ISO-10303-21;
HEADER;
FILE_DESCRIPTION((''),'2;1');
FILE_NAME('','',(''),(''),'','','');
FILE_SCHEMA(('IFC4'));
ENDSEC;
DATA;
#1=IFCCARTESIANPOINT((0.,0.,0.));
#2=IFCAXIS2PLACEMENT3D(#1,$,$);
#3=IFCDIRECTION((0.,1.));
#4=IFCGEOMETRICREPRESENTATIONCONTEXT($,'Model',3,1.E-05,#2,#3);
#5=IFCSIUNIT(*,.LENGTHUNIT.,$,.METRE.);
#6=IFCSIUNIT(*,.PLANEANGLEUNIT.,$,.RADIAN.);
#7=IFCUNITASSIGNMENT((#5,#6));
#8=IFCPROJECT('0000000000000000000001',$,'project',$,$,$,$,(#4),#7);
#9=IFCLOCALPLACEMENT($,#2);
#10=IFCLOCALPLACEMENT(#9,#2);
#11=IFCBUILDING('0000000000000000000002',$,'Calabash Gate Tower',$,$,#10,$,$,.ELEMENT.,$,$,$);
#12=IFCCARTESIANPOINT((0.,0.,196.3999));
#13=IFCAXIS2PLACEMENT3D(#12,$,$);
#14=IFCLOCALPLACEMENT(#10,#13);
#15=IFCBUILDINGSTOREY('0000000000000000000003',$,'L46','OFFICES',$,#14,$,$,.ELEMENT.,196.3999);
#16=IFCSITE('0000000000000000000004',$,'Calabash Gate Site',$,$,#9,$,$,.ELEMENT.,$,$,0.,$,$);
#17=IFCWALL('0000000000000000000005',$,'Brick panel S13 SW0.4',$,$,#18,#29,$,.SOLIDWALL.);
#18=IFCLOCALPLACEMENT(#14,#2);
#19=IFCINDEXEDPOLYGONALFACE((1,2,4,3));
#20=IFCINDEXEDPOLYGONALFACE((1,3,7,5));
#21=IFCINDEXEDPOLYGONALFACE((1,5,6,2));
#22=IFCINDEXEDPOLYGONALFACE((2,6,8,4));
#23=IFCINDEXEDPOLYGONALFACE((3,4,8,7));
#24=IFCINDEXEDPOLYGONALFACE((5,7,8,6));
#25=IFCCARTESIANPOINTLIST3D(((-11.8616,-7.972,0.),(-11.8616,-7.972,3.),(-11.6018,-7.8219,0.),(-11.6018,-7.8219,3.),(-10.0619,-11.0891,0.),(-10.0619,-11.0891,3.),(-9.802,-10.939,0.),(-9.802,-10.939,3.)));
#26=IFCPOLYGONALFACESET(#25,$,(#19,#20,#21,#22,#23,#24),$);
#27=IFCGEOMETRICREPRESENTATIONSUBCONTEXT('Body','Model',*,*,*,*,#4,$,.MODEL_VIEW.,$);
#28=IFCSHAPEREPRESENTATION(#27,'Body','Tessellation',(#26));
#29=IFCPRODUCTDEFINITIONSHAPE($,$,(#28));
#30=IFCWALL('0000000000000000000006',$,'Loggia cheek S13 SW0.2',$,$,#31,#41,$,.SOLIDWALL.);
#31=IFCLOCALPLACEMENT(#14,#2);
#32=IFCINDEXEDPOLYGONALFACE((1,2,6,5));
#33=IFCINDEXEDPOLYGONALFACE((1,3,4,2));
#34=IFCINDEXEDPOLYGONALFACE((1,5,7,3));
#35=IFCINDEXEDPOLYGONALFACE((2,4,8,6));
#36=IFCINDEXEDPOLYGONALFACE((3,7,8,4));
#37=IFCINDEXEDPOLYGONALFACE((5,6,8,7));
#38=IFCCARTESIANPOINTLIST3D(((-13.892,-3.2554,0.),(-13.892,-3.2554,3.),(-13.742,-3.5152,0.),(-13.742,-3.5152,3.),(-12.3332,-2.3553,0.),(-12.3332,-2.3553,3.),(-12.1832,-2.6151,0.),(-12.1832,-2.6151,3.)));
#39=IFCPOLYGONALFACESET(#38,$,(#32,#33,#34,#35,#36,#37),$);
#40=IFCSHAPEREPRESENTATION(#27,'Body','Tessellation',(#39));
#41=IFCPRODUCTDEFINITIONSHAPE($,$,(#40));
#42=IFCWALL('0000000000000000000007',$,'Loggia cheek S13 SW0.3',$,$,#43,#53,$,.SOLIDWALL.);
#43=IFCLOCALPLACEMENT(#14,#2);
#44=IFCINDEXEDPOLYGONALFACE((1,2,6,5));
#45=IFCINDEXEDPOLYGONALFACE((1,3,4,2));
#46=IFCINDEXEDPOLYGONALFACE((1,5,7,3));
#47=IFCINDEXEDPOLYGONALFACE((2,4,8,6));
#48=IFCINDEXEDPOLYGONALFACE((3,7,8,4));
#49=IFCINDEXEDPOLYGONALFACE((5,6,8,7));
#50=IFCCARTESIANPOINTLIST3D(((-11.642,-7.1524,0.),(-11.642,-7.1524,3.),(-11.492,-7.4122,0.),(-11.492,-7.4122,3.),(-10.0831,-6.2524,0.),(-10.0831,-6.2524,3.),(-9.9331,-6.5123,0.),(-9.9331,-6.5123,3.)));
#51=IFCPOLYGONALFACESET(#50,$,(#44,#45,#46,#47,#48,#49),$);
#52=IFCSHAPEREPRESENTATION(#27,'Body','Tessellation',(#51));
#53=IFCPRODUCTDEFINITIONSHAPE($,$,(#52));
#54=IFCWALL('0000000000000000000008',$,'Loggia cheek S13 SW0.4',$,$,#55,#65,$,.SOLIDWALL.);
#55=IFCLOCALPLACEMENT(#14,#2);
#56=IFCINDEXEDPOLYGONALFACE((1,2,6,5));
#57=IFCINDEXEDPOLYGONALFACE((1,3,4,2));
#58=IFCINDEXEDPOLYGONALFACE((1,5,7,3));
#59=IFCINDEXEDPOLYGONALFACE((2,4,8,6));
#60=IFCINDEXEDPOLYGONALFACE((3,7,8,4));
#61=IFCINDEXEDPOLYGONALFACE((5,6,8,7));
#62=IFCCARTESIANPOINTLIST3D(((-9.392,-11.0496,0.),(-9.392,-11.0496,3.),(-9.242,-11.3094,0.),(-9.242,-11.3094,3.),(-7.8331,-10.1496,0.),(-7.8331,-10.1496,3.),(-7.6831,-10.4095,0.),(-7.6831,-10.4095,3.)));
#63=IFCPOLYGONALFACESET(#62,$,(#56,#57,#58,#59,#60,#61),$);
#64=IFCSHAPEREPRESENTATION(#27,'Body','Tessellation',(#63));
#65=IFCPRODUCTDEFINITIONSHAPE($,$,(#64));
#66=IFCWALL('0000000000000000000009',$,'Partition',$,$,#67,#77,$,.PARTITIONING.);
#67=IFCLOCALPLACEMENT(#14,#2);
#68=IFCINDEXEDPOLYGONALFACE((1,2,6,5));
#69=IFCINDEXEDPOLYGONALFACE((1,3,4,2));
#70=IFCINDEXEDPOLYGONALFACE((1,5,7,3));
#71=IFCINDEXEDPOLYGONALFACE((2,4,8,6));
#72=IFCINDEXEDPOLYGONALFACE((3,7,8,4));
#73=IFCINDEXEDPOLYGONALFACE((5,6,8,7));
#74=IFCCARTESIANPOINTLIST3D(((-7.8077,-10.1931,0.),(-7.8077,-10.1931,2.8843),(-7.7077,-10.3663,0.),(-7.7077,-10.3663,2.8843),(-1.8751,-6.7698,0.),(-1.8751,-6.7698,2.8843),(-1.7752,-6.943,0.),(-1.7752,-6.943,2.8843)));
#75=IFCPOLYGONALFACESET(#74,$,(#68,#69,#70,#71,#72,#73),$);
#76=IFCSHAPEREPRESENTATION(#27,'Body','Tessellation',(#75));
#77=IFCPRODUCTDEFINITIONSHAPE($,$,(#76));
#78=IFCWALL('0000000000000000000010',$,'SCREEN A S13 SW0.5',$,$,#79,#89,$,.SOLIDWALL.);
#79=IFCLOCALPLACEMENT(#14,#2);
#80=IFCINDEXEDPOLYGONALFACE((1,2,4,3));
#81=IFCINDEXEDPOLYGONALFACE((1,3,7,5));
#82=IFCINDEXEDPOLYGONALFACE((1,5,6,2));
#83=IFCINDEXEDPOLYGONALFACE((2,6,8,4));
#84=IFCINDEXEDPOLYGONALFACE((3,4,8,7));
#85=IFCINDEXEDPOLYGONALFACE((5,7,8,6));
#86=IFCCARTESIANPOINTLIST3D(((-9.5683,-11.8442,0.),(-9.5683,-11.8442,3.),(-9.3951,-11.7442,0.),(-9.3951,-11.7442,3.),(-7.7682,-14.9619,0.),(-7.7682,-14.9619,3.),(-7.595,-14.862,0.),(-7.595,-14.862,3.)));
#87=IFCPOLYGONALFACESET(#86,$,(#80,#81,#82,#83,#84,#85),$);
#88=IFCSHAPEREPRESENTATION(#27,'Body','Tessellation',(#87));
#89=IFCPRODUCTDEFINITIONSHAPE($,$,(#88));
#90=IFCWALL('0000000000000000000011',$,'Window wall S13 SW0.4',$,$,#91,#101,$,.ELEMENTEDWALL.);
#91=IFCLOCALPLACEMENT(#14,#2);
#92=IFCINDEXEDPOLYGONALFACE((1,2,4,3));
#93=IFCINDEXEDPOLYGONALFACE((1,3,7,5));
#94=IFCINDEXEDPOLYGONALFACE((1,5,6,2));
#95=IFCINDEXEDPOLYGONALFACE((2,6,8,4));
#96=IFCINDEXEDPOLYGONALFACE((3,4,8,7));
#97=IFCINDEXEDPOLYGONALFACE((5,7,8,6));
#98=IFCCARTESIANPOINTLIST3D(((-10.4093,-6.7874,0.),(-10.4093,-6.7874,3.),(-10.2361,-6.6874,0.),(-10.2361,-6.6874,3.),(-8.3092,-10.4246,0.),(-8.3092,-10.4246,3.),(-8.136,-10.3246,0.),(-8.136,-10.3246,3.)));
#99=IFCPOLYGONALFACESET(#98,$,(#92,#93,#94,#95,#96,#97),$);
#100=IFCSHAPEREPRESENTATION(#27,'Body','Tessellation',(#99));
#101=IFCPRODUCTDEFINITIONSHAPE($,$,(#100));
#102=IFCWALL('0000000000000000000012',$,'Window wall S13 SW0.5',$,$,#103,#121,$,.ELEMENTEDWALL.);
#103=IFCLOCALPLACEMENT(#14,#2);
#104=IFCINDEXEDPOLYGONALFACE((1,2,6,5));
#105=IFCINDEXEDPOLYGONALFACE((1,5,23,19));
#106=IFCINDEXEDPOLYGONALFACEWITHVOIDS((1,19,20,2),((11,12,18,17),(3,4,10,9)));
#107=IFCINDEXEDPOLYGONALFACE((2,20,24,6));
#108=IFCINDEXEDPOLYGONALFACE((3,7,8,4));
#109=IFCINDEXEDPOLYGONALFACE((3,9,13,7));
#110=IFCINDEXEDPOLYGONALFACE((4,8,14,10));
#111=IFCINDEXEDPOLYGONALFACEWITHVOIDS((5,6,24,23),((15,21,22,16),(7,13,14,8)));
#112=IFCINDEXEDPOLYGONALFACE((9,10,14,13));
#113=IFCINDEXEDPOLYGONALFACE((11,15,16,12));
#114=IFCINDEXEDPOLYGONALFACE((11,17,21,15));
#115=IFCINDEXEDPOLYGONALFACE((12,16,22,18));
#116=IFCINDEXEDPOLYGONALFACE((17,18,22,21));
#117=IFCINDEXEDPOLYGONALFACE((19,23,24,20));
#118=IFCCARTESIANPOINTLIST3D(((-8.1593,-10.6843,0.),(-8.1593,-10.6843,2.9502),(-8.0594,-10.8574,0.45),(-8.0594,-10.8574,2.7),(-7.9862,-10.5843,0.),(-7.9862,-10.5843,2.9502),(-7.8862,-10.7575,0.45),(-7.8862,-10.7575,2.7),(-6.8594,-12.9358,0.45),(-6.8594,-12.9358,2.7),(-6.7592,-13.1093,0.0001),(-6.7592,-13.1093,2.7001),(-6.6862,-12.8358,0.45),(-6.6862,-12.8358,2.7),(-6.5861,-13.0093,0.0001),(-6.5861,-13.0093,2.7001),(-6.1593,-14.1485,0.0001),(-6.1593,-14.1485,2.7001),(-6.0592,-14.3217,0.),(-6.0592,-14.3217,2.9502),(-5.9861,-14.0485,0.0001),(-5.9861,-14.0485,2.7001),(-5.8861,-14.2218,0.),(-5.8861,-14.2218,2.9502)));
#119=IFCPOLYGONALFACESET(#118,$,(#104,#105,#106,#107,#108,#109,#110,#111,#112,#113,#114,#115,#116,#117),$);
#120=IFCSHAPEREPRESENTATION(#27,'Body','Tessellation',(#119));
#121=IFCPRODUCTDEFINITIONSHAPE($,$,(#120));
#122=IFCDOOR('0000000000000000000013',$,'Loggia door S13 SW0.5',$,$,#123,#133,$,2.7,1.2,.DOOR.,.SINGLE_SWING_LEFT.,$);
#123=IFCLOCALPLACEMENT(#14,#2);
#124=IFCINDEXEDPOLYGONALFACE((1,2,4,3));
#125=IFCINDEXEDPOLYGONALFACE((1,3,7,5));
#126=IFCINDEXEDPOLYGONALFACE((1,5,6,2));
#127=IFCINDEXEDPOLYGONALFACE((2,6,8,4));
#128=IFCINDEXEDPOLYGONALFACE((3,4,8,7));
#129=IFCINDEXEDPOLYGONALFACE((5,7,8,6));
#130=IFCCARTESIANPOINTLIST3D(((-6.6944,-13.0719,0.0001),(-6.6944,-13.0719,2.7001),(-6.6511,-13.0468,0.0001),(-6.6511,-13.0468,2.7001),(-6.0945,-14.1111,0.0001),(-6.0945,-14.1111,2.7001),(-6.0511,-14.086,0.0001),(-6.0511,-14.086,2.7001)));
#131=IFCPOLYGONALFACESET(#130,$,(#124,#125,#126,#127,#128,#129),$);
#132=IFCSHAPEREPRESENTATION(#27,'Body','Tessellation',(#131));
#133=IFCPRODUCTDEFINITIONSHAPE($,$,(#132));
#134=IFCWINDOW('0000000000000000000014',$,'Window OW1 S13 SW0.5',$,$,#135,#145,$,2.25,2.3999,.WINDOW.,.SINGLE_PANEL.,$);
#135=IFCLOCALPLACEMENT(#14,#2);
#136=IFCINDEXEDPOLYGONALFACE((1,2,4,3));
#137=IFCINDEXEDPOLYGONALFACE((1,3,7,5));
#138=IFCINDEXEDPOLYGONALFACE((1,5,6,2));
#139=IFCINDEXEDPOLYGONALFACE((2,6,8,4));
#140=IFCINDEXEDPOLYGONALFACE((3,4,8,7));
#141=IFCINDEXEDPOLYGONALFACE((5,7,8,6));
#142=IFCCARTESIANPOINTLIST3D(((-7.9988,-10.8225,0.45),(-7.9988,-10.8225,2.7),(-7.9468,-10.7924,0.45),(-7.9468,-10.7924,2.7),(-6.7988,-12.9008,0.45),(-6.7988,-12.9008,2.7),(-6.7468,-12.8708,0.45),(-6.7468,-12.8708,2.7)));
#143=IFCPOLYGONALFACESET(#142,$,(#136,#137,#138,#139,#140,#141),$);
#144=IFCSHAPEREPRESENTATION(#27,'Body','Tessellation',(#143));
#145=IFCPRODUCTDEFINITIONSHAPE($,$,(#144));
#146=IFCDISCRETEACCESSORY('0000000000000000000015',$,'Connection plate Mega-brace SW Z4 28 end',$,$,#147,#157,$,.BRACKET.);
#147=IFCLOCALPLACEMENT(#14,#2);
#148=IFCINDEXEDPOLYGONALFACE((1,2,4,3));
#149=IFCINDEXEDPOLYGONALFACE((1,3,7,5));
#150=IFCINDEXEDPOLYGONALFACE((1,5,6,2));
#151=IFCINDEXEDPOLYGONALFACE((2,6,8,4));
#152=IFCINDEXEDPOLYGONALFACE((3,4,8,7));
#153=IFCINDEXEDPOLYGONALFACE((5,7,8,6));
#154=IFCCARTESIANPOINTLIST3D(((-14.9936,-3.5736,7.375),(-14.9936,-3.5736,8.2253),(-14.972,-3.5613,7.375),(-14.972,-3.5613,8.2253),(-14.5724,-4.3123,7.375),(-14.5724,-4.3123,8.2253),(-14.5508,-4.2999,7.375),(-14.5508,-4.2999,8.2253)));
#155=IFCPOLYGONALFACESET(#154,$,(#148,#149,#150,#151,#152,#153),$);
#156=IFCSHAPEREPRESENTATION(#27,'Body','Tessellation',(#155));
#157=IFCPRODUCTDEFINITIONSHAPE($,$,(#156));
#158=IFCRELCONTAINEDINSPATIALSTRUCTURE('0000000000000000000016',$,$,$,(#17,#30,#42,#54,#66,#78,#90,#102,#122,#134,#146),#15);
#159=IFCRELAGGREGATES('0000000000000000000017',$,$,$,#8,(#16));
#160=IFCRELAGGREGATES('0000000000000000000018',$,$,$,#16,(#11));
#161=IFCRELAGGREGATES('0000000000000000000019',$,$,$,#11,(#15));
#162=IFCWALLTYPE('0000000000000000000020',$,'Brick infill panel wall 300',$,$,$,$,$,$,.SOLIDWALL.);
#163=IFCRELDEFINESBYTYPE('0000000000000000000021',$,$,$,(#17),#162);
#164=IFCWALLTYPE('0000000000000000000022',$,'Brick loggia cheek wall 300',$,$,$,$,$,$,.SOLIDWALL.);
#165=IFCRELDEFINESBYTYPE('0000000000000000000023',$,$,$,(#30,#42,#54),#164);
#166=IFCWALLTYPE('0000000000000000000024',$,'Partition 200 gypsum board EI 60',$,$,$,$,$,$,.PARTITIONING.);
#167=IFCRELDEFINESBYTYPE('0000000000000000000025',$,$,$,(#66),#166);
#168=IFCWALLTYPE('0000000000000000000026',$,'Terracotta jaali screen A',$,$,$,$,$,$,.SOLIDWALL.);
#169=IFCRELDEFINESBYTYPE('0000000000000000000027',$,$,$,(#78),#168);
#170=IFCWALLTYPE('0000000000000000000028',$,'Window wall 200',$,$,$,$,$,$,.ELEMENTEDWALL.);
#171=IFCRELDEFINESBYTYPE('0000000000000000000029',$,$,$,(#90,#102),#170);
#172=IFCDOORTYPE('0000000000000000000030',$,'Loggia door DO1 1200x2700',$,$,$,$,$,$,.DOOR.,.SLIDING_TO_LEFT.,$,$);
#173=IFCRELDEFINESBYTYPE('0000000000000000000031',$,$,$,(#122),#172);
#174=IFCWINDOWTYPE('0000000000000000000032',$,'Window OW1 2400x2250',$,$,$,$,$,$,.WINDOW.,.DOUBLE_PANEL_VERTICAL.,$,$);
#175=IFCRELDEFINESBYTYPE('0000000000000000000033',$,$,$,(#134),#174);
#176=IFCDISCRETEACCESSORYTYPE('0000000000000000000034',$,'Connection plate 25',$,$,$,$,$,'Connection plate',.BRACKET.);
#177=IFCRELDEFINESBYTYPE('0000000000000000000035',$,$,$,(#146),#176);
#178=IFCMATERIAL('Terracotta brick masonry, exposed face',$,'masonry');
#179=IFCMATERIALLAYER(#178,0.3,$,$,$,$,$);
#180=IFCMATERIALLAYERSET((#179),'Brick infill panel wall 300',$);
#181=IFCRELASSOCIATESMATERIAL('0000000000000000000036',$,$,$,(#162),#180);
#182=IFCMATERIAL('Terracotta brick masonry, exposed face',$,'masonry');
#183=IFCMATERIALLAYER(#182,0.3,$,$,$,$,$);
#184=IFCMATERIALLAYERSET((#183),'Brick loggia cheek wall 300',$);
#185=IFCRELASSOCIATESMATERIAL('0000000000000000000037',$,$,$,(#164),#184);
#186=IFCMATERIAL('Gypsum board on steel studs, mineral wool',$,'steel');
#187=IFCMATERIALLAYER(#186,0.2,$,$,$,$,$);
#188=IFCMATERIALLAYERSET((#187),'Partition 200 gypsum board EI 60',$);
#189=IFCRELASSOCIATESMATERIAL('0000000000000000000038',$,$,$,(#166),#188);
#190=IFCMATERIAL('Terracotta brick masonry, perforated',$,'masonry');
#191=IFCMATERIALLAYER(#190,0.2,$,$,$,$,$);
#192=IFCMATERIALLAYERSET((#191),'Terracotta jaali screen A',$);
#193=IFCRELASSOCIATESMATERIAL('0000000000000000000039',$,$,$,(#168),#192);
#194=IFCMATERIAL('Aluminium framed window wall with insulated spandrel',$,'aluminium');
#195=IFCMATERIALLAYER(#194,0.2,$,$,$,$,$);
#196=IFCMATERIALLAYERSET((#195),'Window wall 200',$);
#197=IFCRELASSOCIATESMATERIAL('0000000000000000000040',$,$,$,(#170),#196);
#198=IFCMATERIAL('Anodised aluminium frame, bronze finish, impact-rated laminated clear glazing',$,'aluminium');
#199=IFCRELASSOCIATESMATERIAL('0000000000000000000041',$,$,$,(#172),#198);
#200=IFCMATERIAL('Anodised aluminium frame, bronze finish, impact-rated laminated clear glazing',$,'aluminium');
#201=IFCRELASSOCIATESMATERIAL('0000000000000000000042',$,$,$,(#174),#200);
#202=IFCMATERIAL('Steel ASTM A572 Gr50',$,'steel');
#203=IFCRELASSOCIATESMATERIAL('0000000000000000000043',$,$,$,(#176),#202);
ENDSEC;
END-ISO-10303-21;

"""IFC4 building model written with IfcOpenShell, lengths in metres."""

from ifc_helpers import new_model, si_unit, direction, frame, frame_2d, origin, origin_2d, place, context, subcontext, project, spatial, rectangle, extrude, material, layer, layer_set, type_object, element, fill, save


model = new_model("IFC4")

# Units and contexts
model_context = context("Model", 3, precision=1e-05, world=origin(), true_north=direction((0.0, 1.0)))
body_context = subcontext(model_context, "Body", "Model", "MODEL_VIEW")
ifc_project = project(units=[si_unit("LENGTHUNIT", "METRE"), si_unit("PLANEANGLEUNIT", "RADIAN")], contexts=[model_context])

# Site, building, storey
site_placement = place(None, origin())
site = spatial("IfcSite", under=ifc_project, at=site_placement, Name="Calabash Gate Site", CompositionType="ELEMENT", RefElevation=0.0)
building_placement = place(site_placement, origin())
building = spatial("IfcBuilding", under=site, at=building_placement, Name="Calabash Gate Tower", CompositionType="ELEMENT")
storey_placement = place(building_placement, frame((0.0, 0.0, 196.3999)))
storey = spatial("IfcBuildingStorey", under=building, at=storey_placement, Name="L46", Description="OFFICES", CompositionType="ELEMENT", Elevation=196.3999)

# Walls
ifc_material_1 = material(Name="Terracotta brick masonry, exposed face", Category="masonry")
ifc_layer_1 = layer(ifc_material_1, 0.3)
ifc_layer_set_1 = layer_set([ifc_layer_1], Name="Brick infill panel wall 300")
wall_type_1 = type_object("IfcWallType", Name="Brick infill panel wall 300", PredefinedType="SOLIDWALL", material=ifc_layer_set_1)
wall_1_placement = place(storey_placement, frame((-9.9319, -11.0142, 0.0), z_axis=(0.0, 0.0, 1.0), x_axis=(-0.50002, 0.866014, 0.0)))
element("IfcWall", 1, at=wall_1_placement, inside=storey, type_object=wall_type_1, Name="Brick panel S13 SW0.4", PredefinedType="SOLIDWALL", context=body_context, shape_type="SweptSolid", body=[
    extrude(rectangle(XDim=3.5994, YDim=0.3, at=frame_2d((1.7998, 0.0))), origin(), (0.0, 0.0, 1.0), 3.0),
])
ifc_material_2 = material(Name="Terracotta brick masonry, exposed face", Category="masonry")
ifc_layer_2 = layer(ifc_material_2, 0.3)
ifc_layer_set_2 = layer_set([ifc_layer_2], Name="Brick loggia cheek wall 300")
wall_type_2 = type_object("IfcWallType", Name="Brick loggia cheek wall 300", PredefinedType="SOLIDWALL", material=ifc_layer_set_2)
for number, where, z_axis, x_axis, name in (
    (2, (-13.8169, -3.3853, 0.0), (0.0, 0.0, 1.0), (0.865989, 0.500063, 0.0), "Loggia cheek S13 SW0.2"),
    (3, (-11.5669, -7.2822, 0.0), (0.0, 0.0, 1.0), (0.866048, 0.499961, 0.0), "Loggia cheek S13 SW0.3"),
    (4, (-9.3169, -11.1794, 0.0), (0.0, 0.0, 1.0), (0.866048, 0.499961, 0.0), "Loggia cheek S13 SW0.4"),
):
    element("IfcWall", number, at=place(storey_placement, frame(where, z_axis=z_axis, x_axis=x_axis)), inside=storey, type_object=wall_type_2, Name=name, PredefinedType="SOLIDWALL", context=body_context, shape_type="SweptSolid", body=[
        extrude(rectangle(XDim=1.8, YDim=0.3, at=frame_2d((0.8999, 0.0))), origin(), (0.0, 0.0, 1.0), 3.0),
    ])

# Shared definitions
ifc_material_3 = material(Name="Gypsum board on steel studs, mineral wool", Category="steel")
ifc_layer_3 = layer(ifc_material_3, 0.2)
ifc_layer_set_3 = layer_set([ifc_layer_3], Name="Partition 200 gypsum board EI 60")
wall_type_3 = type_object("IfcWallType", Name="Partition 200 gypsum board EI 60", PredefinedType="PARTITIONING", material=ifc_layer_set_3)

# Walls
wall_2_placement = place(storey_placement, frame((-7.7578, -10.2798, 0.0), z_axis=(0.0, 0.0, 1.0), x_axis=(0.866143, 0.499797, 0.0)))
element("IfcWall", 5, at=wall_2_placement, inside=storey, type_object=wall_type_3, Name="Partition", PredefinedType="PARTITIONING", context=body_context, shape_type="SweptSolid", body=[
    extrude(rectangle(XDim=6.8494, YDim=0.2, at=frame_2d((3.4248, 0.0))), origin(), (0.0, 0.0, 1.0), 2.8843),
])
ifc_material_4 = material(Name="Terracotta brick masonry, perforated", Category="masonry")
ifc_layer_4 = layer(ifc_material_4, 0.2)
ifc_layer_set_4 = layer_set([ifc_layer_4], Name="Terracotta jaali screen A")
wall_type_4 = type_object("IfcWallType", Name="Terracotta jaali screen A", PredefinedType="SOLIDWALL", material=ifc_layer_set_4)
wall_3_placement = place(storey_placement, frame((-9.4817, -11.7942, 0.0), z_axis=(0.0, 0.0, 1.0), x_axis=(0.500012, -0.866018, 0.0)))
element("IfcWall", 6, at=wall_3_placement, inside=storey, type_object=wall_type_4, Name="SCREEN A S13 SW0.5", PredefinedType="SOLIDWALL", context=body_context, shape_type="SweptSolid", body=[
    extrude(rectangle(XDim=3.6001, YDim=0.2, at=frame_2d((1.8, 0.0))), origin(), (0.0, 0.0, 1.0), 3.0),
])
ifc_material_5 = material(Name="Aluminium framed window wall with insulated spandrel", Category="aluminium")
ifc_layer_5 = layer(ifc_material_5, 0.2)
ifc_layer_set_5 = layer_set([ifc_layer_5], Name="Window wall 200")
wall_type_5 = type_object("IfcWallType", Name="Window wall 200", PredefinedType="ELEMENTEDWALL", material=ifc_layer_set_5)
wall_4_placement = place(storey_placement, frame((-10.3228, -6.7373, 0.0), z_axis=(0.0, 0.0, 1.0), x_axis=(0.500028, -0.866009, 0.0)))
element("IfcWall", 7, at=wall_4_placement, inside=storey, type_object=wall_type_5, Name="Window wall S13 SW0.4", PredefinedType="ELEMENTEDWALL", context=body_context, shape_type="SweptSolid", body=[
    extrude(rectangle(XDim=4.2, YDim=0.2, at=frame_2d((2.1001, 0.0))), origin(), (0.0, 0.0, 1.0), 3.0),
])

# Wall, openings, door, window
wall_5_placement = place(storey_placement, frame((-8.0728, -10.6343, 0.0), z_axis=(0.0, 0.0, 1.0), x_axis=(0.500003, -0.866024, 0.0)))
wall_5 = element("IfcWall", 8, at=wall_5_placement, inside=storey, type_object=wall_type_5, Name="Window wall S13 SW0.5", PredefinedType="ELEMENTEDWALL", context=body_context, shape_type="SweptSolid", body=[
    extrude(rectangle(XDim=4.2002, YDim=0.2, at=frame_2d((2.1001, 0.0))), origin(), (0.0, 0.0, 1.0), 2.9502),
])
opening_1_placement = place(wall_5_placement, frame((0.2, 0.0, 0.45)))
opening_1 = element("IfcOpeningElement", 9, at=opening_1_placement, cuts=wall_5, PredefinedType="OPENING", context=body_context, shape_type="SweptSolid", body=[
    extrude(rectangle(XDim=2.3999, YDim=2.25, at=frame_2d((1.2, 1.125))), frame((0.0, 0.1099, 0.0), z_axis=(0.0, -1.0, 0.0), x_axis=(1.0, 0.0, 0.0)), (0.0, 0.0, 1.0), 0.22),
])
opening_2_placement = place(wall_5_placement, frame((2.8, 0.0, 0.0)))
opening_2 = element("IfcOpeningElement", 10, at=opening_2_placement, cuts=wall_5, PredefinedType="OPENING", context=body_context, shape_type="SweptSolid", body=[
    extrude(rectangle(XDim=1.2, YDim=2.7, at=frame_2d((0.6001, 1.3501))), frame((0.0, 0.1099, 0.0), z_axis=(0.0, -1.0, 0.0), x_axis=(1.0, 0.0, 0.0)), (0.0, 0.0, 1.0), 0.22),
])
ifc_material_6 = material(Name="Anodised aluminium frame, bronze finish, impact-rated laminated clear glazing", Category="aluminium")
door_type_1 = type_object("IfcDoorType", Name="Loggia door DO1 1200x2700", OperationType="SLIDING_TO_LEFT", PredefinedType="DOOR", material=ifc_material_6)
door_1_placement = place(opening_2_placement, origin())
door_1 = element("IfcDoor", 11, at=door_1_placement, inside=storey, type_object=door_type_1, Name="Loggia door S13 SW0.5", OperationType="SINGLE_SWING_LEFT", OverallHeight=2.7, OverallWidth=1.2, PredefinedType="DOOR", context=body_context, shape_type="SweptSolid", body=[
    extrude(rectangle(XDim=1.2, YDim=2.7, at=frame_2d((0.6001, 1.3501))), frame((0.0, 0.0249, 0.0), z_axis=(0.0, -1.0, 0.0), x_axis=(1.0, 0.0, 0.0)), (0.0, 0.0, 1.0), 0.05),
])
fill(opening_2, door_1)
ifc_material_7 = material(Name="Anodised aluminium frame, bronze finish, impact-rated laminated clear glazing", Category="aluminium")
window_type = type_object("IfcWindowType", Name="Window OW1 2400x2250", PartitioningType="DOUBLE_PANEL_VERTICAL", PredefinedType="WINDOW", material=ifc_material_7)
window_placement = place(opening_1_placement, origin())
window = element("IfcWindow", 12, at=window_placement, inside=storey, type_object=window_type, Name="Window OW1 S13 SW0.5", OverallHeight=2.25, OverallWidth=2.3999, PartitioningType="SINGLE_PANEL", PredefinedType="WINDOW", context=body_context, shape_type="SweptSolid", body=[
    extrude(rectangle(XDim=2.3999, YDim=2.25, at=frame_2d((1.2, 1.125))), frame((0.0, 0.03, 0.0), z_axis=(0.0, -1.0, 0.0), x_axis=(1.0, 0.0, 0.0)), (0.0, 0.0, 1.0), 0.0601),
])
fill(opening_1, window)

# Discrete accessory
ifc_material_8 = material(Name="Steel ASTM A572 Gr50", Category="steel")
discrete_accessory_type = type_object("IfcDiscreteAccessoryType", Name="Connection plate 25", ElementType="Connection plate", PredefinedType="BRACKET", material=ifc_material_8)
discrete_accessory_placement = place(storey_placement, frame((-14.7722, -3.9368, 7.375), z_axis=(0.0, 0.0, 1.0), x_axis=(0.495359, -0.868688, 0.0)))
element("IfcDiscreteAccessory", 13, at=discrete_accessory_placement, inside=storey, type_object=discrete_accessory_type, Name="Connection plate Mega-brace SW Z4 28 end", PredefinedType="BRACKET", context=body_context, shape_type="SweptSolid", body=[
    extrude(rectangle(XDim=0.8503, YDim=0.0249, at=origin_2d()), origin(), (0.0, 0.0, 1.0), 0.8503),
])

save(model, "model.ifc")
